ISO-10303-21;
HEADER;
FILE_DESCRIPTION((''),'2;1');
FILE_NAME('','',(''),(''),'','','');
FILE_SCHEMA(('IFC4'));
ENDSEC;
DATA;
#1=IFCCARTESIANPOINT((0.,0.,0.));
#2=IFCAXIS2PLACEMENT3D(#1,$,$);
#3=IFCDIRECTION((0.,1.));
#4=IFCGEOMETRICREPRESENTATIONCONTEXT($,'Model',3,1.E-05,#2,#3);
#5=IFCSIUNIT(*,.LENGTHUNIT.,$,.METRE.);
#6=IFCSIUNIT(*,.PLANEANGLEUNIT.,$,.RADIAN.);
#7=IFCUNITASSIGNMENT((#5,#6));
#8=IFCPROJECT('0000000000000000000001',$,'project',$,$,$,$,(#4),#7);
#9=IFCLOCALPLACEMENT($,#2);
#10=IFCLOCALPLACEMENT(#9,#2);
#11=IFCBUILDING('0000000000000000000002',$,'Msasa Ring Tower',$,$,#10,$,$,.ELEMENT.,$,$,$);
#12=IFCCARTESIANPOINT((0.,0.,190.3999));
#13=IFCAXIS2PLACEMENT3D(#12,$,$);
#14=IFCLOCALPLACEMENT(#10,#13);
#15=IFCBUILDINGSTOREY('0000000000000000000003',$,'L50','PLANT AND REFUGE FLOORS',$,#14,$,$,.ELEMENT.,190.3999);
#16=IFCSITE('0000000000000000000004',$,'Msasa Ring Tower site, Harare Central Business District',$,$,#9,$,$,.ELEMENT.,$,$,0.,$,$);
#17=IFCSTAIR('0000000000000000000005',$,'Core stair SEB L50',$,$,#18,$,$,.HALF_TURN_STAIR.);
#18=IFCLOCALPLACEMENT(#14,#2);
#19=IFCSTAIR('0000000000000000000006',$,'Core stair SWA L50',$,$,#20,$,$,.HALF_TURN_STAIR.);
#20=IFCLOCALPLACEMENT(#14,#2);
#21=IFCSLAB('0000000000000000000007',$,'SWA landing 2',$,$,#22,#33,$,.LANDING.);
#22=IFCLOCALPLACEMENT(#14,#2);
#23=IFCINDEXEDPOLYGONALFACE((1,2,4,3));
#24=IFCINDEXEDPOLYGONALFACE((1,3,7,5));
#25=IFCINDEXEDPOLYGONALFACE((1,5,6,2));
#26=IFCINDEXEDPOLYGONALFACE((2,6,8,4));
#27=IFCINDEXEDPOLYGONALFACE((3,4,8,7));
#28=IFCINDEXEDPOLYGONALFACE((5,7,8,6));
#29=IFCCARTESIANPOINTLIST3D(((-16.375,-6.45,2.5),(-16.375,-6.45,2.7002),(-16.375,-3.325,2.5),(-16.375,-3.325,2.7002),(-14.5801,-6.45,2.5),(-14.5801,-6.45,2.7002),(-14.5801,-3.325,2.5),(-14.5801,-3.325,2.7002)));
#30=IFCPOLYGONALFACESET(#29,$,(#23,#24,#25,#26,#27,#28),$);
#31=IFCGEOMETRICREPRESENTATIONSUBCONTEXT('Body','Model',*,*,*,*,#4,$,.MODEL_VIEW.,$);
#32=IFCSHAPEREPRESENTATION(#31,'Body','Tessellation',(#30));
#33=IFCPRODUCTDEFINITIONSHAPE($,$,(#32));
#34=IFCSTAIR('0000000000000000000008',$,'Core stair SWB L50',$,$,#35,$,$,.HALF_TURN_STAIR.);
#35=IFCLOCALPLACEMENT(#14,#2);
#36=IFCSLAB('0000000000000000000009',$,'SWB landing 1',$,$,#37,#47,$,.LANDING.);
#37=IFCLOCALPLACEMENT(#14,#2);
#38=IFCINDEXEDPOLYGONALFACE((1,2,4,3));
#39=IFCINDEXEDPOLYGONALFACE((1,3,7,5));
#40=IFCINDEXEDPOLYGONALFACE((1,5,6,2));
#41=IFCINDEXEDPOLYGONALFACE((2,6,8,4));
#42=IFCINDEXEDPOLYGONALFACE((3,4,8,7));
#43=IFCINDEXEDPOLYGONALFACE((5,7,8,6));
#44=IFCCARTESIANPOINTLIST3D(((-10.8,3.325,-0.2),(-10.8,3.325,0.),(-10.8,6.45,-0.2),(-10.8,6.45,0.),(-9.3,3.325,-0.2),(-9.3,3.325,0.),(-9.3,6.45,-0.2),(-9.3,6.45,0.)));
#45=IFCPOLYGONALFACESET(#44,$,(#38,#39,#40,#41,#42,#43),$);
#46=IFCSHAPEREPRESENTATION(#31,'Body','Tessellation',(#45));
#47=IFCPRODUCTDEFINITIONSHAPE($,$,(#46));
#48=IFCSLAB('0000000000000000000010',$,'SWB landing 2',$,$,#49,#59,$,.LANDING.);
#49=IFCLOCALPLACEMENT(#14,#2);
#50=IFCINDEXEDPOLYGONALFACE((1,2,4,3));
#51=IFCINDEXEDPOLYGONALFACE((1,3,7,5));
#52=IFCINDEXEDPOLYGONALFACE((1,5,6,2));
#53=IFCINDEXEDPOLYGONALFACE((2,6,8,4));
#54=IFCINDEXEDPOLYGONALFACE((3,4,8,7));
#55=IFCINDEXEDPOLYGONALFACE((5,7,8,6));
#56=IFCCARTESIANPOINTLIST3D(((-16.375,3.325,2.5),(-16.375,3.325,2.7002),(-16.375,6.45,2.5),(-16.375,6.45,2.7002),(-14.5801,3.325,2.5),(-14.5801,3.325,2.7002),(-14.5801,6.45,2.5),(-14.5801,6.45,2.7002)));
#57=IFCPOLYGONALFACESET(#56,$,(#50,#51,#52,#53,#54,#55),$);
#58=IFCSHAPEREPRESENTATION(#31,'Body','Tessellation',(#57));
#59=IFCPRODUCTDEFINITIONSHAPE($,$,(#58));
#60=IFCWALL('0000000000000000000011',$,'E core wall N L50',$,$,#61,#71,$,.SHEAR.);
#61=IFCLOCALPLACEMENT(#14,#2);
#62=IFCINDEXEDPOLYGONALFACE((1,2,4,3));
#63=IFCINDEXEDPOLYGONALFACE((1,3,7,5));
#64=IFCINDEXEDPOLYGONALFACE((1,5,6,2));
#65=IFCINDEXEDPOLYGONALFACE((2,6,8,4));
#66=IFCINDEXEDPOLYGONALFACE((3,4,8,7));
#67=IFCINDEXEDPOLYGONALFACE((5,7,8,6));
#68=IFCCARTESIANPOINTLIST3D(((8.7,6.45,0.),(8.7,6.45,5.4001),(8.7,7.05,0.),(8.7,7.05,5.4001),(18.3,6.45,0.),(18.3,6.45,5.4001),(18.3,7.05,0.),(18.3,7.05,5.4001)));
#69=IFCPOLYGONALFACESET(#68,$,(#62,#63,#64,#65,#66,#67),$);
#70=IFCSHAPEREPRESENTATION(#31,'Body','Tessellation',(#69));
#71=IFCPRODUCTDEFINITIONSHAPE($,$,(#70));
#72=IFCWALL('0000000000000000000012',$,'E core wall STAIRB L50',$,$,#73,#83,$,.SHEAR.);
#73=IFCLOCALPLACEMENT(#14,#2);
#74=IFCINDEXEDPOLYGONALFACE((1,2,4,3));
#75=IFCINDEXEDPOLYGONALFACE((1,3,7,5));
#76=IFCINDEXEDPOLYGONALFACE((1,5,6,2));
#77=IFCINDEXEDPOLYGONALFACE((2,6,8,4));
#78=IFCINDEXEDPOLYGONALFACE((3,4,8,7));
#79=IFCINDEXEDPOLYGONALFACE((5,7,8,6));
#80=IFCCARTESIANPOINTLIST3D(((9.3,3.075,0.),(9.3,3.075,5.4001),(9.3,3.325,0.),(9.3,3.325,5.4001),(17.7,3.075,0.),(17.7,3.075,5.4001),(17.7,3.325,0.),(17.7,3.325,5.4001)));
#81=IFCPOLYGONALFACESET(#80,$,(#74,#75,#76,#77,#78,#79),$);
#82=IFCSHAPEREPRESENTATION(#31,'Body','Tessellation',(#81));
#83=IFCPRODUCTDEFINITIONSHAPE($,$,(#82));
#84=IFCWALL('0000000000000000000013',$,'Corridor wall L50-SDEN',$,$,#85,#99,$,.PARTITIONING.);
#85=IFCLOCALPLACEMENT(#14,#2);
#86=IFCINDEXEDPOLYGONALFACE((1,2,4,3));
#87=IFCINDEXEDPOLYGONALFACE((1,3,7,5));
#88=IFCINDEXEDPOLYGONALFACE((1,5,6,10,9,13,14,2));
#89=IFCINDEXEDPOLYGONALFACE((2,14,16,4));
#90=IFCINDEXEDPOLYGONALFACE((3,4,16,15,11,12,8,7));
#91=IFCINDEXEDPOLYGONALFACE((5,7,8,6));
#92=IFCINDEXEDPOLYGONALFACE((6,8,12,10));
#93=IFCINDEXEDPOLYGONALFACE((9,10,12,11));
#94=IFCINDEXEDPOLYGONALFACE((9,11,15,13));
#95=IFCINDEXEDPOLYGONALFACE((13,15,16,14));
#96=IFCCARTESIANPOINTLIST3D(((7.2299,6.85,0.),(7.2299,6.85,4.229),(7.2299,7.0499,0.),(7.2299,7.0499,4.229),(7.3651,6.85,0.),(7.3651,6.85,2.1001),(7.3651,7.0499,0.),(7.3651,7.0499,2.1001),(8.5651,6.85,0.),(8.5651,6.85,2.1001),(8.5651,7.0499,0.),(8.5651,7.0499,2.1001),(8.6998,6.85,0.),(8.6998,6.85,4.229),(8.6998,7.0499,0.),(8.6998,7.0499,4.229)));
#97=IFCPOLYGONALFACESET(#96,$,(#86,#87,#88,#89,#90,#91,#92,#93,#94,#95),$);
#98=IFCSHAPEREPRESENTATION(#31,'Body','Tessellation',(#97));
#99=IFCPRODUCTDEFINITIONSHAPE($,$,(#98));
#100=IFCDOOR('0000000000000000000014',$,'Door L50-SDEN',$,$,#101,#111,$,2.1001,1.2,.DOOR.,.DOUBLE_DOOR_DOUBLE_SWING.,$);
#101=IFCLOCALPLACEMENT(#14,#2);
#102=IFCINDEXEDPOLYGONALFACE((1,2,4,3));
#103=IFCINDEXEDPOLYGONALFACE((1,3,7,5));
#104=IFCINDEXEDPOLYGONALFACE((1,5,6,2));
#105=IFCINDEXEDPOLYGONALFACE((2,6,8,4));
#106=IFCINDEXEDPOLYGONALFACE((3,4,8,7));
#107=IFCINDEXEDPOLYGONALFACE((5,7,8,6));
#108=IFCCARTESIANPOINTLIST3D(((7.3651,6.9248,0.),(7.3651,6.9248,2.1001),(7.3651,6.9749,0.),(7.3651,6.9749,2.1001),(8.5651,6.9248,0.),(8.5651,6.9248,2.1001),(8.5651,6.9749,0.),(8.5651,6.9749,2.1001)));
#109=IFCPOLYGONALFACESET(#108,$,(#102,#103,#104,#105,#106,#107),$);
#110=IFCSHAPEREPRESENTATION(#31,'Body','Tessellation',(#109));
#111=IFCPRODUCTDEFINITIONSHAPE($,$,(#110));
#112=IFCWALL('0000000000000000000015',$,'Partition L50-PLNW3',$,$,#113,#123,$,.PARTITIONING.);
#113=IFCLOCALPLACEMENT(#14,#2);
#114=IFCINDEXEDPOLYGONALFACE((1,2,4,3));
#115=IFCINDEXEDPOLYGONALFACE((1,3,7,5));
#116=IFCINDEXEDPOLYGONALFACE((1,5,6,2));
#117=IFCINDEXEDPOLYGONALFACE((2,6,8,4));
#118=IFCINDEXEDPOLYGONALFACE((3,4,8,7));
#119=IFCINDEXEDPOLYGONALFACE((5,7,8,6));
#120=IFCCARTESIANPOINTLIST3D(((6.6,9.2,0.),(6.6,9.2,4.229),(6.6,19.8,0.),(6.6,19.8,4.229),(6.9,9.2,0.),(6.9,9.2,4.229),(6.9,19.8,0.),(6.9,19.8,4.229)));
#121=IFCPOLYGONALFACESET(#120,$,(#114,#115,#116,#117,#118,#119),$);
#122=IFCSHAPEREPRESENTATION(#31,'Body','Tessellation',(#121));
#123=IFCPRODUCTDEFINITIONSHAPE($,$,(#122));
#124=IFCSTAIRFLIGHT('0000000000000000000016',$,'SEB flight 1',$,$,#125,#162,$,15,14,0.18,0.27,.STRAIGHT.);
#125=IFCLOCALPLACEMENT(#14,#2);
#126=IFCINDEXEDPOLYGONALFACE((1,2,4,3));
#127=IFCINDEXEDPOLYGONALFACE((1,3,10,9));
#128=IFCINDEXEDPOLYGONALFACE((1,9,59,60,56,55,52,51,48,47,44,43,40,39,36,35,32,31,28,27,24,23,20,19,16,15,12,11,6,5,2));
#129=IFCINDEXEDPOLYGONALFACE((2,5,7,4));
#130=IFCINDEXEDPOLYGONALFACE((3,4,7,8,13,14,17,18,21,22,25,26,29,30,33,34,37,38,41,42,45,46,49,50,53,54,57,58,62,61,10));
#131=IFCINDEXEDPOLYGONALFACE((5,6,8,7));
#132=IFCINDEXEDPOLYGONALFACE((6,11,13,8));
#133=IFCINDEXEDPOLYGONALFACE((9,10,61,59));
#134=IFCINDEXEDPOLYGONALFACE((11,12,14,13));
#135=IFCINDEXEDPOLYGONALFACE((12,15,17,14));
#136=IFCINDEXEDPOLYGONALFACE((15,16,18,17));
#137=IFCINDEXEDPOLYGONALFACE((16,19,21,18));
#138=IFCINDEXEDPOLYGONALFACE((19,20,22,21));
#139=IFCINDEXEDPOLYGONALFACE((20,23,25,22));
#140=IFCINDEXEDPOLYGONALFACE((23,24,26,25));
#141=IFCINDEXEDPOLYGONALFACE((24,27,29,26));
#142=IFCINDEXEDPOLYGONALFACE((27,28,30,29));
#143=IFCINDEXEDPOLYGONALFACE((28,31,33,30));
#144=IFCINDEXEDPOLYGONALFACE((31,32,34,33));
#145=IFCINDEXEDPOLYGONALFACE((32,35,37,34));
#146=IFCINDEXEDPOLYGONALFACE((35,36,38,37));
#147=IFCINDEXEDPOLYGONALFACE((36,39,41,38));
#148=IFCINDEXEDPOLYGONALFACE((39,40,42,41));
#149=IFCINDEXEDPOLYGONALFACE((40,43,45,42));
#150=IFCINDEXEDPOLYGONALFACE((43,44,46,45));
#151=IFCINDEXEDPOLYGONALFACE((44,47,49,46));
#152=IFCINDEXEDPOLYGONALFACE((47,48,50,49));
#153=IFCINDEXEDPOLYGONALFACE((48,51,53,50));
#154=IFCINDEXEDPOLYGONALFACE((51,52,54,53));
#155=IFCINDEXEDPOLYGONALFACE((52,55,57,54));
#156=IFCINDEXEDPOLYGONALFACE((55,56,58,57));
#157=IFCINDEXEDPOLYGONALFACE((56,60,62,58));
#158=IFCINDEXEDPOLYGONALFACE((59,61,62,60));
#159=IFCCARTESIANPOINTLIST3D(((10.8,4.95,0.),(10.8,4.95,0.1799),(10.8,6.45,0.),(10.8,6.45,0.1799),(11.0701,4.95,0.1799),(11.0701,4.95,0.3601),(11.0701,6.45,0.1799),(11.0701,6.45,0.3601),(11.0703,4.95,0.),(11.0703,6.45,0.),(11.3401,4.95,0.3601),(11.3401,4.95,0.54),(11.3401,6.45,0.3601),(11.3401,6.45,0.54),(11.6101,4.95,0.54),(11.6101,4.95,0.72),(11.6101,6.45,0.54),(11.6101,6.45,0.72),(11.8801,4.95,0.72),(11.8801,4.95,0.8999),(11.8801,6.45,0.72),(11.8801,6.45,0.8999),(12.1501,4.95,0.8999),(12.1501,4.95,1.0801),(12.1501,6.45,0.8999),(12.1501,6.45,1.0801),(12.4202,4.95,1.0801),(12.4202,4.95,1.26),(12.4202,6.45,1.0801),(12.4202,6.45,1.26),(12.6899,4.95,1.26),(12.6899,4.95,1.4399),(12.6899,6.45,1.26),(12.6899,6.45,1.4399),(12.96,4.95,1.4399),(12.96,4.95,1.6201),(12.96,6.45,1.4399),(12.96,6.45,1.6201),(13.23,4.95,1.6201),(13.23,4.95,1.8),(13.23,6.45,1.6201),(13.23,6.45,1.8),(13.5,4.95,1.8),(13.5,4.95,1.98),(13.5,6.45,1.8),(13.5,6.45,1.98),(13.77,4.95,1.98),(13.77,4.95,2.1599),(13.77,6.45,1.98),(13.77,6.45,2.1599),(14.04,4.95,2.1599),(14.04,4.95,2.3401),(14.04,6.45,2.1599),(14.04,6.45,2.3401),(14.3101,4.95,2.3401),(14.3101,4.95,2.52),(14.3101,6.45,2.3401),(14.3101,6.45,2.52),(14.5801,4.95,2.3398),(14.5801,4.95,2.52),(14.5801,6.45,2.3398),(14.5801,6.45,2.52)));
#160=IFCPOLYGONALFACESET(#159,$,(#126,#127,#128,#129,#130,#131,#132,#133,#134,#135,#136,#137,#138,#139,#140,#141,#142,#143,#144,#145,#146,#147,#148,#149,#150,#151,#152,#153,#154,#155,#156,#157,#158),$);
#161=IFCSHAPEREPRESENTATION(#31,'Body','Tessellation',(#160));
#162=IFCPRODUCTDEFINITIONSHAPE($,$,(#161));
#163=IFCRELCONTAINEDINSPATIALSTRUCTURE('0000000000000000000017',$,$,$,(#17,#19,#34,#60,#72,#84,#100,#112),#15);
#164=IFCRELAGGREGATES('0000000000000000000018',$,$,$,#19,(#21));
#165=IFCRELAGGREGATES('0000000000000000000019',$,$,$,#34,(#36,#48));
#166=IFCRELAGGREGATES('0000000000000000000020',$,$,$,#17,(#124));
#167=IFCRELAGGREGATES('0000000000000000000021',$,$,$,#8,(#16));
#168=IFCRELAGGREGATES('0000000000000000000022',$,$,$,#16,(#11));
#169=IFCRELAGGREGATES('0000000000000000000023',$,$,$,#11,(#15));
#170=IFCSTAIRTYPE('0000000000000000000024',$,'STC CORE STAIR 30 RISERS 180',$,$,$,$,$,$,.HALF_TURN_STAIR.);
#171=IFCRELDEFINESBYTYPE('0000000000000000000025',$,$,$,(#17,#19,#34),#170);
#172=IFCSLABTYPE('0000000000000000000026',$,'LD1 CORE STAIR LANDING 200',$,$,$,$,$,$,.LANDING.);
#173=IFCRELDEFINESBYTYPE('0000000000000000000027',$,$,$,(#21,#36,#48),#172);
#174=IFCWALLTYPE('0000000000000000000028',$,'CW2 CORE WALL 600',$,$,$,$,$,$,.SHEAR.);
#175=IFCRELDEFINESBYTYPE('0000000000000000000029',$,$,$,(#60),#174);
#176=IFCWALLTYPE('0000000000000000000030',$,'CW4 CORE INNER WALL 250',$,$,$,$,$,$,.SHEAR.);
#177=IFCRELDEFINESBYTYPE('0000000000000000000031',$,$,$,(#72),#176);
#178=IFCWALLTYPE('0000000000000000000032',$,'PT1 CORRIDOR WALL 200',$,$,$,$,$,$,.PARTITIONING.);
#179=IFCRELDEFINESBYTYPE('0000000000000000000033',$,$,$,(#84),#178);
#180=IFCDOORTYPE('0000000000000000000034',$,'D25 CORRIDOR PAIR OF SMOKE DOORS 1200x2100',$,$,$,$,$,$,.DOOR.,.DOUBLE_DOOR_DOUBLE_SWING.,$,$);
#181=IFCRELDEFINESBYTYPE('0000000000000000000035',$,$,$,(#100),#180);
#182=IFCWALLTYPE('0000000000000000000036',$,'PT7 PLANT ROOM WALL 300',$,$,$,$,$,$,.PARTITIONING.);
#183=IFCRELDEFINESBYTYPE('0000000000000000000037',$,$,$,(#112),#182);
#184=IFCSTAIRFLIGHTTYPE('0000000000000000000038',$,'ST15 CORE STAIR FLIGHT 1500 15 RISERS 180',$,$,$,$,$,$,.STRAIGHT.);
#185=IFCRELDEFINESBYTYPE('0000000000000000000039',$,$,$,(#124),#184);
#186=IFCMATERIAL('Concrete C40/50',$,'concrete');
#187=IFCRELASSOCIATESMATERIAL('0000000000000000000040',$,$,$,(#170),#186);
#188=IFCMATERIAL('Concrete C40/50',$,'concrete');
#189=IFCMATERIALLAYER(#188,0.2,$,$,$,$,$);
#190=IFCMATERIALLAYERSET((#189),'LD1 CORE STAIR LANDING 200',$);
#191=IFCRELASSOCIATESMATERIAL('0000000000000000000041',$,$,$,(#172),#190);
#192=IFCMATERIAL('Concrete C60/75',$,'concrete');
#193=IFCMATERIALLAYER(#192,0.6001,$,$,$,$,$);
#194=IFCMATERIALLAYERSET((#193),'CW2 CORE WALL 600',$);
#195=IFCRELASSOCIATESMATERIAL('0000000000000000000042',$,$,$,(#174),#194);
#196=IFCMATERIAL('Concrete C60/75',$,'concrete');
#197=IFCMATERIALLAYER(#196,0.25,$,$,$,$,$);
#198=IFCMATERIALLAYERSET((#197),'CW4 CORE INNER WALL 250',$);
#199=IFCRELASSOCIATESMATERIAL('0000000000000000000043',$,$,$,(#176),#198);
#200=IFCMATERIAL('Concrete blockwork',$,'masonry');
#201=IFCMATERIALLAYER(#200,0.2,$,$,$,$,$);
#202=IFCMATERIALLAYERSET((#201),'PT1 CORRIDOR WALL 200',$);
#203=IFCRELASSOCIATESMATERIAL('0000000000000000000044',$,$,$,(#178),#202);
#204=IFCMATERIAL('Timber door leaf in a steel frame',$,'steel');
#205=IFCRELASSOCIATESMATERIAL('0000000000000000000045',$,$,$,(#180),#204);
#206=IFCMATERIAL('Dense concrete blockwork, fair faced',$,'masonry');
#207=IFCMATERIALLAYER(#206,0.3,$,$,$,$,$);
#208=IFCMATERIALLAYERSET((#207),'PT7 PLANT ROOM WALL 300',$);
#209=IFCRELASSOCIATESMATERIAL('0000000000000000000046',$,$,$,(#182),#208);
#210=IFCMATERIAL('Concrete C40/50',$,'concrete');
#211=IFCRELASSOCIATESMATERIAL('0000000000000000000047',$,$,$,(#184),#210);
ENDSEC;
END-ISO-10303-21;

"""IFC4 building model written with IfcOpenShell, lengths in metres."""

from ifc_helpers import new_model, si_unit, direction, frame, frame_2d, origin, place, context, subcontext, project, spatial, polyline, rectangle, outline, extrude, material, layer, layer_set, type_object, element, fill, aggregate, save


model = new_model("IFC4")

# Units and contexts
model_context = context("Model", 3, precision=1e-05, world=origin(), true_north=direction((0.0, 1.0)))
body_context = subcontext(model_context, "Body", "Model", "MODEL_VIEW")
ifc_project = project(units=[si_unit("LENGTHUNIT", "METRE"), si_unit("PLANEANGLEUNIT", "RADIAN")], contexts=[model_context])

# Site, building, storey
site_placement = place(None, origin())
site = spatial("IfcSite", under=ifc_project, at=site_placement, Name="Msasa Ring Tower site, Harare Central Business District", CompositionType="ELEMENT", RefElevation=0.0)
building_placement = place(site_placement, origin())
building = spatial("IfcBuilding", under=site, at=building_placement, Name="Msasa Ring Tower", CompositionType="ELEMENT")
storey_placement = place(building_placement, frame((0.0, 0.0, 190.3999)))
storey = spatial("IfcBuildingStorey", under=building, at=storey_placement, Name="L50", Description="PLANT AND REFUGE FLOORS", CompositionType="ELEMENT", Elevation=190.3999)

# Shared definitions
ifc_material_1 = material(Name="Concrete C40/50", Category="concrete")
stair_type = type_object("IfcStairType", Name="STC CORE STAIR 30 RISERS 180", PredefinedType="HALF_TURN_STAIR", material=ifc_material_1)
ifc_material_2 = material(Name="Concrete C40/50", Category="concrete")
ifc_layer_1 = layer(ifc_material_2, 0.2)
ifc_layer_set_1 = layer_set([ifc_layer_1], Name="LD1 CORE STAIR LANDING 200")
slab_type = type_object("IfcSlabType", Name="LD1 CORE STAIR LANDING 200", PredefinedType="LANDING", material=ifc_layer_set_1)

# Stairs, slabs
stair_1_placement = place(storey_placement, origin())
stair_1 = element("IfcStair", 1, at=stair_1_placement, inside=storey, type_object=stair_type, Name="Core stair SEB L50", PredefinedType="HALF_TURN_STAIR")
stair_2_placement = place(storey_placement, origin())
stair_2 = element("IfcStair", 2, at=stair_2_placement, inside=storey, type_object=stair_type, Name="Core stair SWA L50", PredefinedType="HALF_TURN_STAIR")
slab_1_placement = place(storey_placement, frame((0.0, 0.0, 2.5)))
slab_1 = element("IfcSlab", 3, at=slab_1_placement, type_object=slab_type, Name="SWA landing 2", PredefinedType="LANDING", context=body_context, shape_type="SweptSolid", body=[
    extrude(outline(polyline([(-16.375, -6.45), (-14.5801, -6.45), (-14.5801, -3.325), (-16.375, -3.325), (-16.375, -6.45)])), origin(), (0.0, 0.0, 1.0), 0.2002),
])
aggregate(stair_2, [slab_1])
stair_3_placement = place(storey_placement, origin())
stair_3 = element("IfcStair", 4, at=stair_3_placement, inside=storey, type_object=stair_type, Name="Core stair SWB L50", PredefinedType="HALF_TURN_STAIR")
slab_2_placement = place(storey_placement, frame((0.0, 0.0, -0.2)))
slab_2 = element("IfcSlab", 5, at=slab_2_placement, type_object=slab_type, Name="SWB landing 1", PredefinedType="LANDING", context=body_context, shape_type="SweptSolid", body=[
    extrude(outline(polyline([(-10.8, 3.325), (-9.3, 3.325), (-9.3, 6.45), (-10.8, 6.45), (-10.8, 3.325)])), origin(), (0.0, 0.0, 1.0), 0.2),
])
slab_3_placement = place(storey_placement, frame((0.0, 0.0, 2.5)))
slab_3 = element("IfcSlab", 6, at=slab_3_placement, type_object=slab_type, Name="SWB landing 2", PredefinedType="LANDING", context=body_context, shape_type="SweptSolid", body=[
    extrude(outline(polyline([(-16.375, 3.325), (-14.5801, 3.325), (-14.5801, 6.45), (-16.375, 6.45), (-16.375, 3.325)])), origin(), (0.0, 0.0, 1.0), 0.2002),
])
aggregate(stair_3, [slab_2, slab_3])

# Walls
ifc_material_3 = material(Name="Concrete C60/75", Category="concrete")
ifc_layer_2 = layer(ifc_material_3, 0.6001)
ifc_layer_set_2 = layer_set([ifc_layer_2], Name="CW2 CORE WALL 600")
wall_type_1 = type_object("IfcWallType", Name="CW2 CORE WALL 600", PredefinedType="SHEAR", material=ifc_layer_set_2)
wall_1_placement = place(storey_placement, frame((8.7, 6.75, 0.0), z_axis=(0.0, 0.0, 1.0), x_axis=(1.0, 0.0, 0.0)))
element("IfcWall", 7, at=wall_1_placement, inside=storey, type_object=wall_type_1, Name="E core wall N L50", PredefinedType="SHEAR", context=body_context, shape_type="SweptSolid", body=[
    extrude(rectangle(XDim=9.6001, YDim=0.6001, at=frame_2d((4.8, 0.0))), origin(), (0.0, 0.0, 1.0), 5.4001),
])
ifc_material_4 = material(Name="Concrete C60/75", Category="concrete")
ifc_layer_3 = layer(ifc_material_4, 0.25)
ifc_layer_set_3 = layer_set([ifc_layer_3], Name="CW4 CORE INNER WALL 250")
wall_type_2 = type_object("IfcWallType", Name="CW4 CORE INNER WALL 250", PredefinedType="SHEAR", material=ifc_layer_set_3)
wall_2_placement = place(storey_placement, frame((9.3, 3.2, 0.0), z_axis=(0.0, 0.0, 1.0), x_axis=(1.0, 0.0, 0.0)))
element("IfcWall", 8, at=wall_2_placement, inside=storey, type_object=wall_type_2, Name="E core wall STAIRB L50", PredefinedType="SHEAR", context=body_context, shape_type="SweptSolid", body=[
    extrude(rectangle(XDim=8.3999, YDim=0.25, at=frame_2d((4.2, 0.0))), origin(), (0.0, 0.0, 1.0), 5.4001),
])

# Wall, opening, door
ifc_material_5 = material(Name="Concrete blockwork", Category="masonry")
ifc_layer_4 = layer(ifc_material_5, 0.2)
ifc_layer_set_4 = layer_set([ifc_layer_4], Name="PT1 CORRIDOR WALL 200")
wall_type_3 = type_object("IfcWallType", Name="PT1 CORRIDOR WALL 200", PredefinedType="PARTITIONING", material=ifc_layer_set_4)
wall_3_placement = place(storey_placement, frame((7.23, 6.95, 0.0), z_axis=(0.0, 0.0, 1.0), x_axis=(1.0, 0.0, 0.0)))
wall_3 = element("IfcWall", 9, at=wall_3_placement, inside=storey, type_object=wall_type_3, Name="Corridor wall L50-SDEN", PredefinedType="PARTITIONING", context=body_context, shape_type="SweptSolid", body=[
    extrude(rectangle(XDim=1.47, YDim=0.2, at=frame_2d((0.7349, 0.0))), origin(), (0.0, 0.0, 1.0), 4.229),
])
opening_placement = place(wall_3_placement, frame((0.135, 0.0, 0.0)))
opening = element("IfcOpeningElement", 10, at=opening_placement, cuts=wall_3, PredefinedType="OPENING", context=body_context, shape_type="SweptSolid", body=[
    extrude(rectangle(XDim=1.2, YDim=2.1001, at=frame_2d((0.6001, 1.05))), frame((0.0, 0.1099, 0.0), z_axis=(0.0, -1.0, 0.0), x_axis=(1.0, 0.0, 0.0)), (0.0, 0.0, 1.0), 0.22),
])
ifc_material_6 = material(Name="Timber door leaf in a steel frame", Category="steel")
door_type = type_object("IfcDoorType", Name="D25 CORRIDOR PAIR OF SMOKE DOORS 1200x2100", OperationType="DOUBLE_DOOR_DOUBLE_SWING", PredefinedType="DOOR", material=ifc_material_6)
door_placement = place(opening_placement, origin())
door = element("IfcDoor", 11, at=door_placement, inside=storey, type_object=door_type, Name="Door L50-SDEN", OperationType="DOUBLE_DOOR_DOUBLE_SWING", OverallHeight=2.1001, OverallWidth=1.2, PredefinedType="DOOR", context=body_context, shape_type="SweptSolid", body=[
    extrude(rectangle(XDim=1.2, YDim=2.1001, at=frame_2d((0.6001, 1.05))), frame((0.0, 0.0249, 0.0), z_axis=(0.0, -1.0, 0.0), x_axis=(1.0, 0.0, 0.0)), (0.0, 0.0, 1.0), 0.05),
])
fill(opening, door)

# Wall
ifc_material_7 = material(Name="Dense concrete blockwork, fair faced", Category="masonry")
ifc_layer_5 = layer(ifc_material_7, 0.3)
ifc_layer_set_5 = layer_set([ifc_layer_5], Name="PT7 PLANT ROOM WALL 300")
wall_type_4 = type_object("IfcWallType", Name="PT7 PLANT ROOM WALL 300", PredefinedType="PARTITIONING", material=ifc_layer_set_5)
wall_4_placement = place(storey_placement, frame((6.75, 9.2, 0.0), z_axis=(0.0, 0.0, 1.0), x_axis=(0.0, 1.0, 0.0)))
element("IfcWall", 12, at=wall_4_placement, inside=storey, type_object=wall_type_4, Name="Partition L50-PLNW3", PredefinedType="PARTITIONING", context=body_context, shape_type="SweptSolid", body=[
    extrude(rectangle(XDim=10.6001, YDim=0.3, at=frame_2d((5.3, 0.0))), origin(), (0.0, 0.0, 1.0), 4.229),
])

# Stair flight
ifc_material_8 = material(Name="Concrete C40/50", Category="concrete")
stair_flight_type = type_object("IfcStairFlightType", Name="ST15 CORE STAIR FLIGHT 1500 15 RISERS 180", PredefinedType="STRAIGHT", material=ifc_material_8)
stair_flight_placement = place(storey_placement, frame((10.8, 5.7, 0.0), z_axis=(0.0, 0.0, 1.0), x_axis=(1.0, 0.0, 0.0)))
stair_flight = element("IfcStairFlight", 13, at=stair_flight_placement, type_object=stair_flight_type, Name="SEB flight 1", NumberOfRisers=15, NumberOfTreads=14, PredefinedType="STRAIGHT", RiserHeight=0.18, TreadLength=0.27, context=body_context, shape_type="SweptSolid", body=[
    extrude(outline(polyline([(0.0, 0.0), (0.0, 0.1799), (0.27, 0.1799), (0.27, 0.3601), (0.54, 0.3601), (0.54, 0.54), (0.8101, 0.54), (0.8101, 0.72), (1.0801, 0.72), (1.0801, 0.8999), (1.3501, 0.8999), (1.3501, 1.0801), (1.6201, 1.0801), (1.6201, 1.26), (1.8899, 1.26), (1.8899, 1.4399), (2.1599, 1.4399), (2.1599, 1.6201), (2.4299, 1.6201), (2.4299, 1.8), (2.7, 1.8), (2.7, 1.98), (2.97, 1.98), (2.97, 2.1599), (3.24, 2.1599), (3.24, 2.3401), (3.51, 2.3401), (3.51, 2.52), (3.78, 2.52), (3.78, 2.7), (3.78, 2.3398), (0.2703, 0.0), (0.0, 0.0)])), frame((0.0, 0.75, 0.0), z_axis=(0.0, -1.0, 0.0), x_axis=(1.0, 0.0, 0.0)), (0.0, 0.0, 1.0), 1.5),
])
aggregate(stair_1, [stair_flight])

save(model, "model.ifc")
